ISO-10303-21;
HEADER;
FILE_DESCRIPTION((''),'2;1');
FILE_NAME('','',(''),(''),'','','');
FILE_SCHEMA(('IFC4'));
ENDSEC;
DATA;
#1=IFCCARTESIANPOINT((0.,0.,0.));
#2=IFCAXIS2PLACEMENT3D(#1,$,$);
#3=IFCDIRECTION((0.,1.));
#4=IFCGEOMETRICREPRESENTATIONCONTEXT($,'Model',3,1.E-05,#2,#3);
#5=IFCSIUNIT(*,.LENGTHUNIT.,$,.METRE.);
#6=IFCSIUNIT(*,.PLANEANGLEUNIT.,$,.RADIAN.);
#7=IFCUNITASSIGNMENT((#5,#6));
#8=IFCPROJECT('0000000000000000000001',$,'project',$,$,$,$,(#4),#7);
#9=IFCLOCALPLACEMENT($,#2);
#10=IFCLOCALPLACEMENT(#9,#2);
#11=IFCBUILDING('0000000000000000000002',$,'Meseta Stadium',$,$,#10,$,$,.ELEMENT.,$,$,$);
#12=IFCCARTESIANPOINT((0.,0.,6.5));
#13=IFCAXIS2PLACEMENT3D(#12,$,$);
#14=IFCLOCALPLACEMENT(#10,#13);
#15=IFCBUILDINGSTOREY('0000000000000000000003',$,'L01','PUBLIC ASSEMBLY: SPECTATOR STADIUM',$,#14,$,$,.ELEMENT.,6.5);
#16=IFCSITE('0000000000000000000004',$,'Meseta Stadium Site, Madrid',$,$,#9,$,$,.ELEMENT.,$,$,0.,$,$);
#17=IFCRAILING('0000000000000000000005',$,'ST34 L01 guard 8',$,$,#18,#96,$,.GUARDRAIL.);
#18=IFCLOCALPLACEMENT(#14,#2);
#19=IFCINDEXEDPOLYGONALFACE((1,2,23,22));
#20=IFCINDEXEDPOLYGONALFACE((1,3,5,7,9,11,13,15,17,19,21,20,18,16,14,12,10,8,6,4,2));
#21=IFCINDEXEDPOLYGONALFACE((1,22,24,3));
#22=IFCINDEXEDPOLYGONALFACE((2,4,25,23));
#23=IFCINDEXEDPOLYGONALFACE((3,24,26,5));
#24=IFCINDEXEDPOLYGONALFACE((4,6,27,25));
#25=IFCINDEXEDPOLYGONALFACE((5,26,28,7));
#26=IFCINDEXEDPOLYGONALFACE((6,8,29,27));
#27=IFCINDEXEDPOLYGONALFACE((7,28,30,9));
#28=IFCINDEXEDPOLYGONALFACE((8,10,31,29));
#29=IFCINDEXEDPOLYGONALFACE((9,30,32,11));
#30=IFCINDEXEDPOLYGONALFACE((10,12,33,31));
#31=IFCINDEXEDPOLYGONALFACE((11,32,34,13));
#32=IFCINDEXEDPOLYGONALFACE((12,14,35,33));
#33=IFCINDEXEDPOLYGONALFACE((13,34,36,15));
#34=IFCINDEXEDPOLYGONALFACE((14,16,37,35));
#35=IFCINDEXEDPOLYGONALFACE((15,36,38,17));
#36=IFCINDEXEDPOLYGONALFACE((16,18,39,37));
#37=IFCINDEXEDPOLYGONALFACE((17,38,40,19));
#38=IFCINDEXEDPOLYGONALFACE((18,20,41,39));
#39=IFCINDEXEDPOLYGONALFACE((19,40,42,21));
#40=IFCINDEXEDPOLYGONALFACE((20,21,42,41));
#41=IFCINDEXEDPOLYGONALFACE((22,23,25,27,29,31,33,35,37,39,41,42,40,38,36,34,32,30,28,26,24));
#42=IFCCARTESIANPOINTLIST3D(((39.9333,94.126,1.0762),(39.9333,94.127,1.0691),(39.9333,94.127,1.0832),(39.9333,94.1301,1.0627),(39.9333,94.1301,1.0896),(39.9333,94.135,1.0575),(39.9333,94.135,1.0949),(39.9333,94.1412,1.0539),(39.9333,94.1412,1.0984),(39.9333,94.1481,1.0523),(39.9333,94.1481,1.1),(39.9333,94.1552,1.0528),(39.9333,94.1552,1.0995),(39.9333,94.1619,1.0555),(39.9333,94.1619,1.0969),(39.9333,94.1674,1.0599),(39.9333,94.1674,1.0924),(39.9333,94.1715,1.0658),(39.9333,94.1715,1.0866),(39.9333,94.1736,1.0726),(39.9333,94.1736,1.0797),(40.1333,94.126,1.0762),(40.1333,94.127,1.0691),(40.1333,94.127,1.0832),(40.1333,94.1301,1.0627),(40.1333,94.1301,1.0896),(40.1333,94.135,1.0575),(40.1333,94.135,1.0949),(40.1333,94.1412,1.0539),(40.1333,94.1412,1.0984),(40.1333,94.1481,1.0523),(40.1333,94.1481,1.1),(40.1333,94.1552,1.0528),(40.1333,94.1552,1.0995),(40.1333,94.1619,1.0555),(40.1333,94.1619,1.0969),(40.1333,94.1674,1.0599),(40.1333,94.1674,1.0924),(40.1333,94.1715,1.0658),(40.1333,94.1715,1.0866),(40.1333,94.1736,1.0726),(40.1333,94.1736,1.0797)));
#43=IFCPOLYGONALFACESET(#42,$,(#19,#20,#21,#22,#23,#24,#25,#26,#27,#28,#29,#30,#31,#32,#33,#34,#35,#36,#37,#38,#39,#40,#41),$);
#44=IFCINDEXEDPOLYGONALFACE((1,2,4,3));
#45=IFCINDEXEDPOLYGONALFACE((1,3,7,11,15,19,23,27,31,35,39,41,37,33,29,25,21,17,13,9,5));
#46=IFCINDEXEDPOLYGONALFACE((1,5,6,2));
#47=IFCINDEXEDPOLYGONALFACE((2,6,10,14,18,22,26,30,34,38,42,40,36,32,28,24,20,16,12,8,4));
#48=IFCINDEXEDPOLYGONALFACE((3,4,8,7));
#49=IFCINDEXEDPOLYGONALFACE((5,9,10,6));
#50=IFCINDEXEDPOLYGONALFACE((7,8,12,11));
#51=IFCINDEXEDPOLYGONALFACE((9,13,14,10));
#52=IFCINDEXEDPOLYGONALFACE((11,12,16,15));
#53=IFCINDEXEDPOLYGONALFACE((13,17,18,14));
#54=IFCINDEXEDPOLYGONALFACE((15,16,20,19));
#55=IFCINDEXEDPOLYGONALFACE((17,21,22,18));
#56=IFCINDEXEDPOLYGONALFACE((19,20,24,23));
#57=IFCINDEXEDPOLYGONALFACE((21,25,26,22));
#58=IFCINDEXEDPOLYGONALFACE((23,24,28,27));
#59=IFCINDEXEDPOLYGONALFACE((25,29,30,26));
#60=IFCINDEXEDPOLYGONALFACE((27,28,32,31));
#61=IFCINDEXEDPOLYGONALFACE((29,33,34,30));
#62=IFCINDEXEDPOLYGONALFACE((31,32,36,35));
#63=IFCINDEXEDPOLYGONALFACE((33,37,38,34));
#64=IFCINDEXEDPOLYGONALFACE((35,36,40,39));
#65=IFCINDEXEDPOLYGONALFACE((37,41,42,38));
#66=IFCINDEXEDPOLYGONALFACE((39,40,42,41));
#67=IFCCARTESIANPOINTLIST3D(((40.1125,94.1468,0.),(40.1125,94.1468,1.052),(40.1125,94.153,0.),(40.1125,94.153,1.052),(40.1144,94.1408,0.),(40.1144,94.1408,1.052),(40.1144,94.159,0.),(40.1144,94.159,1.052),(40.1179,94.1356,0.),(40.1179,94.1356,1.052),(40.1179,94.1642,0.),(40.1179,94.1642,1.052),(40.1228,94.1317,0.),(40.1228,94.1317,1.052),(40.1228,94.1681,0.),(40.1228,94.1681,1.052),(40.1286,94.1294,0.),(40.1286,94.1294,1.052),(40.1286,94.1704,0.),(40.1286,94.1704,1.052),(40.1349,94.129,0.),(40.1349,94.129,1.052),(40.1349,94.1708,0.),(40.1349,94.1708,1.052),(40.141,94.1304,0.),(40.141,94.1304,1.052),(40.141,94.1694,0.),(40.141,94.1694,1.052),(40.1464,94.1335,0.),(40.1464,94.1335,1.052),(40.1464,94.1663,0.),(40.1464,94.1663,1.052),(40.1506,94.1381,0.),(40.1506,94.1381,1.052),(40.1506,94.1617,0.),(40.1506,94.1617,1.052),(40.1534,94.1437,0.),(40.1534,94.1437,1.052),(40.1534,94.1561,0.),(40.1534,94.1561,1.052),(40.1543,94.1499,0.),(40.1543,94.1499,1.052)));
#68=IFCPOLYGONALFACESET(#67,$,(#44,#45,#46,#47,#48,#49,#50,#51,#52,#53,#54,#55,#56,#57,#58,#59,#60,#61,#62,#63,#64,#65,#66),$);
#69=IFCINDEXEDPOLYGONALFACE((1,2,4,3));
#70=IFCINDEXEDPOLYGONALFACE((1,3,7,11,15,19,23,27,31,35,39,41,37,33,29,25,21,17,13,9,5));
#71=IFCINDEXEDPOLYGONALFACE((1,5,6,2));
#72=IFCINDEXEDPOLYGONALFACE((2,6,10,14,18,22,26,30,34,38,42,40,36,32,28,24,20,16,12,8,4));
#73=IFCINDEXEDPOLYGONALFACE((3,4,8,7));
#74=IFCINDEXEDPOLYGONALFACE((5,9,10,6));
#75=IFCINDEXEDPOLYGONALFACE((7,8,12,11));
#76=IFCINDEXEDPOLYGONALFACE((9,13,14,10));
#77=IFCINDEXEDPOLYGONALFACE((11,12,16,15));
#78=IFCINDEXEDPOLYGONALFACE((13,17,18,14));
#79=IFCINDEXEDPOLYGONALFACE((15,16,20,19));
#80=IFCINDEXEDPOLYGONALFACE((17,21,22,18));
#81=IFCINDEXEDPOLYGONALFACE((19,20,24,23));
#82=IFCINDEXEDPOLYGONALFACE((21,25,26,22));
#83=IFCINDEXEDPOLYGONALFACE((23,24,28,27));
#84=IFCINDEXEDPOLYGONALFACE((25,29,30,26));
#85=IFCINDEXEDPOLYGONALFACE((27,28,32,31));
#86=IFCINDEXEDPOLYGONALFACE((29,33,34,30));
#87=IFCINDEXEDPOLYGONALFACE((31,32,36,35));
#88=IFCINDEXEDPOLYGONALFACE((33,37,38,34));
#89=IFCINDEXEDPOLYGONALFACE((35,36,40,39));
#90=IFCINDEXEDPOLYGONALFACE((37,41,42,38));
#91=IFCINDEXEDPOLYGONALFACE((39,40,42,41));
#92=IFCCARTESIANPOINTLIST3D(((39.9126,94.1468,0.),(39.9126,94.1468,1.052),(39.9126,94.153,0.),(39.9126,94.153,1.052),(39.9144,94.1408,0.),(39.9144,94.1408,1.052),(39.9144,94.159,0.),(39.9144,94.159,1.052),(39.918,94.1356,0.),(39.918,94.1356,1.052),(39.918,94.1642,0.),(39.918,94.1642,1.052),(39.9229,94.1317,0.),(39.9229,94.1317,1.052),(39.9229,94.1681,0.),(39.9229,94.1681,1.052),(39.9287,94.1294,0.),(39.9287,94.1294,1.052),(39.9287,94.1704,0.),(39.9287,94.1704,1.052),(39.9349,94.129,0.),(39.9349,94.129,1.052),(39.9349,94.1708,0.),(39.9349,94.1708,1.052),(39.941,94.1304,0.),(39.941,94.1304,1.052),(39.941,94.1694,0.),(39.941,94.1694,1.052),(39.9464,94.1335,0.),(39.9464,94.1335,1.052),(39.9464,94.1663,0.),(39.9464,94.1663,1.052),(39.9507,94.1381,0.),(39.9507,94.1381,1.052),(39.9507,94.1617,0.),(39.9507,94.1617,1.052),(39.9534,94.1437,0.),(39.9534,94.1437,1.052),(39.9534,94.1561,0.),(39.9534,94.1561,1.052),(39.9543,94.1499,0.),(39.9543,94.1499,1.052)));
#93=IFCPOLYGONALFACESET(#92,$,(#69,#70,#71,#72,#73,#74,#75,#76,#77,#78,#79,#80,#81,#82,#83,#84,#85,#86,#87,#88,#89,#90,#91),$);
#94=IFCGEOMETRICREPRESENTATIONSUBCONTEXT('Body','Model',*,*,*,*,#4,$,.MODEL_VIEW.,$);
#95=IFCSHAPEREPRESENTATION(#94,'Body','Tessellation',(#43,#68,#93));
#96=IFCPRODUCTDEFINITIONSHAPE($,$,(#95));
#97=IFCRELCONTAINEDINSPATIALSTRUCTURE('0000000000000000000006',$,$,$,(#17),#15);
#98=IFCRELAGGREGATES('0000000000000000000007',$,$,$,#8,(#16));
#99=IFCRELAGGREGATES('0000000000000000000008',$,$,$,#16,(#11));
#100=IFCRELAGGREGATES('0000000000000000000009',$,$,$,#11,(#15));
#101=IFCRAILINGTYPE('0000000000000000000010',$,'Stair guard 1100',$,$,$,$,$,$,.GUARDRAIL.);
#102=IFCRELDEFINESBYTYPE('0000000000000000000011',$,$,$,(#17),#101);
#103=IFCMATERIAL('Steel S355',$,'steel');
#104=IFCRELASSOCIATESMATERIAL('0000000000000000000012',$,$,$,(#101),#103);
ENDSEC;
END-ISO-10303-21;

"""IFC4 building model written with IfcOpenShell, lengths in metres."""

from ifc_helpers import new_model, si_unit, direction, frame, origin, origin_2d, place, context, subcontext, project, spatial, circle, extrude, material, type_object, element, save


model = new_model("IFC4")

# Units and contexts
model_context = context("Model", 3, precision=1e-05, world=origin(), true_north=direction((0.0, 1.0)))
body_context = subcontext(model_context, "Body", "Model", "MODEL_VIEW")
ifc_project = project(units=[si_unit("LENGTHUNIT", "METRE"), si_unit("PLANEANGLEUNIT", "RADIAN")], contexts=[model_context])

# Site, building, storey
site_placement = place(None, origin())
site = spatial("IfcSite", under=ifc_project, at=site_placement, Name="Meseta Stadium Site, Madrid", CompositionType="ELEMENT", RefElevation=0.0)
building_placement = place(site_placement, origin())
building = spatial("IfcBuilding", under=site, at=building_placement, Name="Meseta Stadium", CompositionType="ELEMENT")
storey_placement = place(building_placement, frame((0.0, 0.0, 6.5)))
storey = spatial("IfcBuildingStorey", under=building, at=storey_placement, Name="L01", Description="PUBLIC ASSEMBLY: SPECTATOR STADIUM", CompositionType="ELEMENT", Elevation=6.5)

# Railing
ifc_material_1 = material(Name="Steel S355", Category="steel")
railing_type_1 = type_object("IfcRailingType", Name="Stair guard 1100", PredefinedType="GUARDRAIL", material=ifc_material_1)
railing_1_placement = place(storey_placement, frame((40.1333, 94.1499, 0.0)))
element("IfcRailing", 1, at=railing_1_placement, inside=storey, type_object=railing_type_1, Name="ST34 L01 guard 8", PredefinedType="GUARDRAIL", context=body_context, shape_type="SweptSolid", body=[
    extrude(circle(Radius=0.0239, at=origin_2d()), frame((0.0, 0.0, 1.0762), z_axis=(-1.0, 0.0, 0.0), x_axis=(0.0, -1.0, 0.0)), (0.0, 0.0, 1.0), 0.2),
    extrude(circle(Radius=0.021, at=origin_2d()), origin(), (0.0, 0.0, 1.0), 1.052),
    extrude(circle(Radius=0.021, at=origin_2d()), frame((-0.2, 0.0, 0.0)), (0.0, 0.0, 1.0), 1.052),
])

save(model, "model.ifc")
